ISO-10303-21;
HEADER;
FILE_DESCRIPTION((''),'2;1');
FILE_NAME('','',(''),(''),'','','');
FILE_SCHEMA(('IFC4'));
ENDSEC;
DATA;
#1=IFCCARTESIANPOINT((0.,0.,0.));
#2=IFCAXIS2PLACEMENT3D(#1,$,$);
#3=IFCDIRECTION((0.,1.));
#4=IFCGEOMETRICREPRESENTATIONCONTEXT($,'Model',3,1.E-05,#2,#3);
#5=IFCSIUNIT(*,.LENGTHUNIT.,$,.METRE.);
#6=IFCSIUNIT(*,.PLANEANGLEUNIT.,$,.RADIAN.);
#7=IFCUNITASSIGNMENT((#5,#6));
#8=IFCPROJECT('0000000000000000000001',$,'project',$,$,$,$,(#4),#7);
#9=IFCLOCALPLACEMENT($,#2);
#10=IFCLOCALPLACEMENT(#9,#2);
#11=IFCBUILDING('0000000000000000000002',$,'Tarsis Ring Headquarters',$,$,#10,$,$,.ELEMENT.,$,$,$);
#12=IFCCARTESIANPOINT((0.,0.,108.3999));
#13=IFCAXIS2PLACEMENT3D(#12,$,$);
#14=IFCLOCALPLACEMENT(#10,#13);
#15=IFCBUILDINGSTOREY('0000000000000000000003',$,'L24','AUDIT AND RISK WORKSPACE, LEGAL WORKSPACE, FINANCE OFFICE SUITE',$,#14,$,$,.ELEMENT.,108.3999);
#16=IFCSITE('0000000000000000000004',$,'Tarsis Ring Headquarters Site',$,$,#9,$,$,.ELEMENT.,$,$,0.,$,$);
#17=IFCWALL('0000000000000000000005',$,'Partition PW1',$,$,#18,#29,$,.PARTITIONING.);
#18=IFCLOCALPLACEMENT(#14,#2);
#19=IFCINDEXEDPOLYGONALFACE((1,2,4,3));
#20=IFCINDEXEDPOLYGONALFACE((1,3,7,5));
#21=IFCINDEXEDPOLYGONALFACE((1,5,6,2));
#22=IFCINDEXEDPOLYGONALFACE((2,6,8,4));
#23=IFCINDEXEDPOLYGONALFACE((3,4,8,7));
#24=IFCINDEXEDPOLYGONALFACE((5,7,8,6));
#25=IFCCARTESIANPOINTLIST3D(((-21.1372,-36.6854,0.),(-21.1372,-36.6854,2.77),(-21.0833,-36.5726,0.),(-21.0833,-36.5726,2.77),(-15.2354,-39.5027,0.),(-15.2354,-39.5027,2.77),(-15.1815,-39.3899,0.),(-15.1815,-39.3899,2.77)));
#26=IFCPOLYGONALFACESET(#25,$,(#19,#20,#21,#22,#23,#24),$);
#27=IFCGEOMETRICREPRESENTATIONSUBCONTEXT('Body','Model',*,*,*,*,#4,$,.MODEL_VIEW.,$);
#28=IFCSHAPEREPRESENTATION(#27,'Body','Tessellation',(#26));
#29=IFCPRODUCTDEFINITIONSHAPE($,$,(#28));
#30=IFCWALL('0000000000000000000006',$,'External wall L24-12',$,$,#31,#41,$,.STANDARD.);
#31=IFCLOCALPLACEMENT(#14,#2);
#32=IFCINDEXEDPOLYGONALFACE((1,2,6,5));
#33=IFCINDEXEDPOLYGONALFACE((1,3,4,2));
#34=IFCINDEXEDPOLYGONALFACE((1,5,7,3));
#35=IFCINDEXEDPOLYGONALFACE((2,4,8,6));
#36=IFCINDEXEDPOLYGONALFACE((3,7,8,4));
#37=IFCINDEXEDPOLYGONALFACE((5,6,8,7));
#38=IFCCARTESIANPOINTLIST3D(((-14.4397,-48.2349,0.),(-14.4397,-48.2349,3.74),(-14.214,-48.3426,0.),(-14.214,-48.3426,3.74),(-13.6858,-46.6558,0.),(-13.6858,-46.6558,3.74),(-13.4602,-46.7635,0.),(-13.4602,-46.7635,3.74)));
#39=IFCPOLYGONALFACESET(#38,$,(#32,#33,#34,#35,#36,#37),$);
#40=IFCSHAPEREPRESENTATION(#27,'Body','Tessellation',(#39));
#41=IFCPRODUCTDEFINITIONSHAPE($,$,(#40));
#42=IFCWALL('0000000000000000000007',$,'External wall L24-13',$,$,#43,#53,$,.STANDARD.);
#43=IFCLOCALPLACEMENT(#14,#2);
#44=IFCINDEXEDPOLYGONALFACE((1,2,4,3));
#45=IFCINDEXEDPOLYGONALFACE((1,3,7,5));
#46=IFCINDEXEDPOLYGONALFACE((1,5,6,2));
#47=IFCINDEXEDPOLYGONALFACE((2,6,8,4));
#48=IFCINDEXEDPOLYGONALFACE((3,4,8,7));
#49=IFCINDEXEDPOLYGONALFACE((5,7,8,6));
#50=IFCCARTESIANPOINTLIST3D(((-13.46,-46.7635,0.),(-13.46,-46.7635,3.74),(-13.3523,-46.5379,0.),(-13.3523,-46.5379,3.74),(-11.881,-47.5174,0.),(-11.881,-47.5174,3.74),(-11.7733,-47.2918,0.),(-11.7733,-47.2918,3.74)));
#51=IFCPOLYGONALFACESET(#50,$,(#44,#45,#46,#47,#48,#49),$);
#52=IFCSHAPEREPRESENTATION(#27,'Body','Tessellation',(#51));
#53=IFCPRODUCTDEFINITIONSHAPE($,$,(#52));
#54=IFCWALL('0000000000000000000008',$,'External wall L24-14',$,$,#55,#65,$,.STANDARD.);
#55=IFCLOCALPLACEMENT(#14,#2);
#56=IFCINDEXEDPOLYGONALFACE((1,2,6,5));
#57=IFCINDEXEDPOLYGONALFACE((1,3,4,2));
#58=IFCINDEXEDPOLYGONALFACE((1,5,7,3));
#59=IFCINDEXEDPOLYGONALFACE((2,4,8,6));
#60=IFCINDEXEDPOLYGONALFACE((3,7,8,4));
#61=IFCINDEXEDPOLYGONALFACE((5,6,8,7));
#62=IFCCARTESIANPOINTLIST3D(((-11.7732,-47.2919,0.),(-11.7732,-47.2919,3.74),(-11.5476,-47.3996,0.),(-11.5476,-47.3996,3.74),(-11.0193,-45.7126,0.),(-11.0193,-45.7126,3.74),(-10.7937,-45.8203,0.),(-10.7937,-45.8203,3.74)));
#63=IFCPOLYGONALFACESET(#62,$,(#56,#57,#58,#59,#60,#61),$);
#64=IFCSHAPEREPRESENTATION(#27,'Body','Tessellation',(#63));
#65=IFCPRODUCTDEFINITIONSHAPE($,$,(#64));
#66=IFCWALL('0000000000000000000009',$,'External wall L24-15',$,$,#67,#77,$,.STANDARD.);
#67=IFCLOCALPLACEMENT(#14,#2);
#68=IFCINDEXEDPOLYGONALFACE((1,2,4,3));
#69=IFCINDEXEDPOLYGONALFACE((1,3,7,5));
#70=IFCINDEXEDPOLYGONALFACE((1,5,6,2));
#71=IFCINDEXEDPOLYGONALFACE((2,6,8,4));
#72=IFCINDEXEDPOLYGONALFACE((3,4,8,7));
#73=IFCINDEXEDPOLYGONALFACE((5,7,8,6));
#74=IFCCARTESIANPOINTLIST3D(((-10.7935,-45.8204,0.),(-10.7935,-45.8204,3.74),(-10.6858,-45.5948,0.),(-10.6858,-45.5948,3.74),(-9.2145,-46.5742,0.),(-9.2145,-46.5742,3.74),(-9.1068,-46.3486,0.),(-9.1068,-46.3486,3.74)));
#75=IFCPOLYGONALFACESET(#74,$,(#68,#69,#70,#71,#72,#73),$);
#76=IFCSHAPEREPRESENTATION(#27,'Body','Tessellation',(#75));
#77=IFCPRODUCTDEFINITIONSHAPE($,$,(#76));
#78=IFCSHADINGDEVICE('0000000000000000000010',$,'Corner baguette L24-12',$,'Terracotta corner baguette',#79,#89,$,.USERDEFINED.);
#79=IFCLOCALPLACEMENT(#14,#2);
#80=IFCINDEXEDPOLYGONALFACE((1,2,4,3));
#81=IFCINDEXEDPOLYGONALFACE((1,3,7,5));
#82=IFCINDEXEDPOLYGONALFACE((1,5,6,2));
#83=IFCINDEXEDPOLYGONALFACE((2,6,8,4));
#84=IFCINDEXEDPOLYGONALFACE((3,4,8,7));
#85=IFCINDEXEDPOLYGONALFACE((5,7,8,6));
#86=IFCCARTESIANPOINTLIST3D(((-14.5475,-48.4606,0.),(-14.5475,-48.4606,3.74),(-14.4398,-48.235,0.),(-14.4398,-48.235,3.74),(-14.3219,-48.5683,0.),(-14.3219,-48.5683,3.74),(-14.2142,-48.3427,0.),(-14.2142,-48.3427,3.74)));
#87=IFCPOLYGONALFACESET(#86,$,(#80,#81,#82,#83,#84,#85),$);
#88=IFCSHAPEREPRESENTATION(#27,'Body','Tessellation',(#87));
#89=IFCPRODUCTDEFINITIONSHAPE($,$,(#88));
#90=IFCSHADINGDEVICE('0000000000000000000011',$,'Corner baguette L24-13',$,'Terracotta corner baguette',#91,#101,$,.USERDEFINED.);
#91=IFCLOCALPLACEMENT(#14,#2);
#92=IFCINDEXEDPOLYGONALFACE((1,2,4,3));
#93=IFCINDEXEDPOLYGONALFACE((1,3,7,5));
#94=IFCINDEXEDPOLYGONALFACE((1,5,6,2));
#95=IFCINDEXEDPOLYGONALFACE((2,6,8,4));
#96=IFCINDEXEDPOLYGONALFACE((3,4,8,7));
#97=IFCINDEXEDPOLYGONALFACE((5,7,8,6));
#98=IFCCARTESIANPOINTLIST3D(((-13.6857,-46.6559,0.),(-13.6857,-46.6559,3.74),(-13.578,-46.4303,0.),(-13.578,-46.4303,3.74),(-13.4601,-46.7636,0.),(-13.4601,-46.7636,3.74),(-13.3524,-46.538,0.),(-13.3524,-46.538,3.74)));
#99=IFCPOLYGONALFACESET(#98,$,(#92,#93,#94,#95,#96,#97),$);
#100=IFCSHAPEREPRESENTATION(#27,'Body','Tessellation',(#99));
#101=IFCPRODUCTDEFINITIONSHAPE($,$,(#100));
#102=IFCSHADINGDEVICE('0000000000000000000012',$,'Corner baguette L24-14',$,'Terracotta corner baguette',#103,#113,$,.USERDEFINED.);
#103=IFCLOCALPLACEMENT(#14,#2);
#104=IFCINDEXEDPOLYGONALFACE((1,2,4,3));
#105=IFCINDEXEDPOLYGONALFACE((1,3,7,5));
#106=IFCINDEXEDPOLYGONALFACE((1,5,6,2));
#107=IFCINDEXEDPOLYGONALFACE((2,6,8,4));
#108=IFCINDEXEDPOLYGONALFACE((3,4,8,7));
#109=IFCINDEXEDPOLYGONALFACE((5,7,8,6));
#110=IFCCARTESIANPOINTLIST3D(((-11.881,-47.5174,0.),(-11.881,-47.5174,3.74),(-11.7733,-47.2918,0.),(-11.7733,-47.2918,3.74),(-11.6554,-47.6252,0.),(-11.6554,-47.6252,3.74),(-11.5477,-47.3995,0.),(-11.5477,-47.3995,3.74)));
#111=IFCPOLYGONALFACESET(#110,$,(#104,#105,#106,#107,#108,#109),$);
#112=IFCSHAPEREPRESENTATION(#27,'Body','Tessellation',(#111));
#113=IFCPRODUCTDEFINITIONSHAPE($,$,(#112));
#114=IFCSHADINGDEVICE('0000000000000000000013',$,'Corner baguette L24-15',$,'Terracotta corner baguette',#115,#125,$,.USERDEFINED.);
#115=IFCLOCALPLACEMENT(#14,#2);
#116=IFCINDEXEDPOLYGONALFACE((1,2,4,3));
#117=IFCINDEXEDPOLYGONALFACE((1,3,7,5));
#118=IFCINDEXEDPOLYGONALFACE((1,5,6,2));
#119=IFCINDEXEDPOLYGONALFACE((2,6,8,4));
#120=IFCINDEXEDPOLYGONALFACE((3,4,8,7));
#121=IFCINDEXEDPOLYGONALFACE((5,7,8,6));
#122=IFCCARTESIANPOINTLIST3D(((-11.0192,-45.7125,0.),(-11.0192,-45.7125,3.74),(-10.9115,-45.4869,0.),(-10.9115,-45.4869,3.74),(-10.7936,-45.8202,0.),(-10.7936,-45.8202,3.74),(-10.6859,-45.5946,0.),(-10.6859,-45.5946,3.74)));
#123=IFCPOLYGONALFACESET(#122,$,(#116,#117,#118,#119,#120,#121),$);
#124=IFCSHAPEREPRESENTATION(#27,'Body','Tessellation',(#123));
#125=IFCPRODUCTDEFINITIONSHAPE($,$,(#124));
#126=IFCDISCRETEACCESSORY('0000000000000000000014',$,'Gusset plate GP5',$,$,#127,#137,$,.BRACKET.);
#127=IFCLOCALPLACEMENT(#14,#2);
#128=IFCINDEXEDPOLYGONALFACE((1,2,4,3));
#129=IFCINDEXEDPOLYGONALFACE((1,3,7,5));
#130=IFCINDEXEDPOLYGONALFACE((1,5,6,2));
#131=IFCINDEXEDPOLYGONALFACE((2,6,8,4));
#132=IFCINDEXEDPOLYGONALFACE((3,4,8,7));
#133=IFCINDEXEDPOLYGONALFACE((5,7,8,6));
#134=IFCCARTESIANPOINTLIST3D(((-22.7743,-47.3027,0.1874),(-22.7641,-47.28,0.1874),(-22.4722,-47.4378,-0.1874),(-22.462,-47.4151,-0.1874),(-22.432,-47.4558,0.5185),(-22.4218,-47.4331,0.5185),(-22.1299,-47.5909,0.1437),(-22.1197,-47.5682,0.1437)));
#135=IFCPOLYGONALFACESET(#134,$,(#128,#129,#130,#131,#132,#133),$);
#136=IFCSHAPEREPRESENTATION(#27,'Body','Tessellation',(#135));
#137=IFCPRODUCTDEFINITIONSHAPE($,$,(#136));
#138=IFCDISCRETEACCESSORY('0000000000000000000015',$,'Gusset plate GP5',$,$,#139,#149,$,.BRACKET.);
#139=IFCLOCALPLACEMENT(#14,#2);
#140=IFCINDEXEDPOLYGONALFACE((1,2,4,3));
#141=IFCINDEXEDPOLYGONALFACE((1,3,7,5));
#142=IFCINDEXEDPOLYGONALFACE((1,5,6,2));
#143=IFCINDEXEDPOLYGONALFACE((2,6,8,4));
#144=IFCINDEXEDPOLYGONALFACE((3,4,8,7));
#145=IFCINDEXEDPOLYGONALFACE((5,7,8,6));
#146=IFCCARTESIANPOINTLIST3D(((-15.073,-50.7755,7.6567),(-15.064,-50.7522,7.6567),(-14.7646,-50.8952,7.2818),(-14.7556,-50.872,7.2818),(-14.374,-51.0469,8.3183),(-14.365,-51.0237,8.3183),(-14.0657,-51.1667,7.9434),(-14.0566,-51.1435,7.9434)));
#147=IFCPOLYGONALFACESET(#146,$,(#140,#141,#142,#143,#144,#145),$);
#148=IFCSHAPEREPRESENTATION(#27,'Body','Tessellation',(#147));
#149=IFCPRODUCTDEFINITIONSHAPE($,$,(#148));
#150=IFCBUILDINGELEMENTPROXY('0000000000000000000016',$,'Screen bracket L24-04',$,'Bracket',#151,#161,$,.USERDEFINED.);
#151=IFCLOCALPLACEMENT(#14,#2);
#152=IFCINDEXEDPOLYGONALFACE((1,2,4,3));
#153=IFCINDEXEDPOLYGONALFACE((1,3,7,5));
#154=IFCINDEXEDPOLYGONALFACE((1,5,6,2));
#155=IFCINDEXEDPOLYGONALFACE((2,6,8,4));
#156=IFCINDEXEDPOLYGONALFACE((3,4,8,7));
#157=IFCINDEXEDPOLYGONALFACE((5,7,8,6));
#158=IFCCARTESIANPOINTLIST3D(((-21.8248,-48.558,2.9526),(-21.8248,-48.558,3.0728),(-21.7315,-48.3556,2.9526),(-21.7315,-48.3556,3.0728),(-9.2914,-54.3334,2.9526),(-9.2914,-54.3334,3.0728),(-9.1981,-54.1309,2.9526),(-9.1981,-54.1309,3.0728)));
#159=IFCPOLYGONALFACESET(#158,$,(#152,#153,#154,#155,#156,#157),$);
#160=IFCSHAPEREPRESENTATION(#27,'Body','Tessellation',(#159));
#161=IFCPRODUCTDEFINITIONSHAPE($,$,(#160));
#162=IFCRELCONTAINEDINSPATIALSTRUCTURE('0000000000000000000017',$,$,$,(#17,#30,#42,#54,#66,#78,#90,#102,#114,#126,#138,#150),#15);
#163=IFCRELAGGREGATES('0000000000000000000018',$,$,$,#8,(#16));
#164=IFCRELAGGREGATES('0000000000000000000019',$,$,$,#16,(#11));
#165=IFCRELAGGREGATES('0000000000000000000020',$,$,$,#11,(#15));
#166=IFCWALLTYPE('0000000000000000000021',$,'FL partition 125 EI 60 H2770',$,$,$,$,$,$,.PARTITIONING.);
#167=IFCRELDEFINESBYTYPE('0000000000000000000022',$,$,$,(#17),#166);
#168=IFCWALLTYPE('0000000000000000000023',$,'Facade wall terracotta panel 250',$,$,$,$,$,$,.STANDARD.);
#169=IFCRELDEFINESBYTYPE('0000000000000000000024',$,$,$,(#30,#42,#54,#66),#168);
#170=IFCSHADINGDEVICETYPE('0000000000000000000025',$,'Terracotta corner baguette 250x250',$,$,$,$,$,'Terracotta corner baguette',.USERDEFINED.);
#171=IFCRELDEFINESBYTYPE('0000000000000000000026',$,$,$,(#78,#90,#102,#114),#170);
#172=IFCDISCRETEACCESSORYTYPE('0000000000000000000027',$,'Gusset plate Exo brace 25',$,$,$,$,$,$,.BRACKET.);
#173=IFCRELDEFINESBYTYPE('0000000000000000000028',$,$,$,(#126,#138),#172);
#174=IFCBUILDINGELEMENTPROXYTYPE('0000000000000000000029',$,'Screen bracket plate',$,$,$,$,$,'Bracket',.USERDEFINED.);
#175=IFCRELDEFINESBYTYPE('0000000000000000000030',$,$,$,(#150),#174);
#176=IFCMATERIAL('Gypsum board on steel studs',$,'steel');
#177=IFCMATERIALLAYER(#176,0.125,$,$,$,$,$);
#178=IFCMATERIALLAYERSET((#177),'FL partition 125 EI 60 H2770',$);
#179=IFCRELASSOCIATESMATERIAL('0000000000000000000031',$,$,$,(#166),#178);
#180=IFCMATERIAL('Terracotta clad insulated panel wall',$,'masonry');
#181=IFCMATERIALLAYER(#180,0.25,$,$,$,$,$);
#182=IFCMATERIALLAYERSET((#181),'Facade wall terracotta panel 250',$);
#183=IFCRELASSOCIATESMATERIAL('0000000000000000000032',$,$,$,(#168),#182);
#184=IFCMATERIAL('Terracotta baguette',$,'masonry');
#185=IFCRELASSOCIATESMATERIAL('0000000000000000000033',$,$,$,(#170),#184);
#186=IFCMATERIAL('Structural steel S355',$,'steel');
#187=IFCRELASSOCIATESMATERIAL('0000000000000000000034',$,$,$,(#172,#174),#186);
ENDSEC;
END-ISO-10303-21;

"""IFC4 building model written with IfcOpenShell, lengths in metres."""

from ifc_helpers import new_model, si_unit, direction, frame, frame_2d, origin, origin_2d, place, context, subcontext, project, spatial, rectangle, extrude, material, layer, layer_set, material_profile, profile_set, type_object, element, save


model = new_model("IFC4")

# Units and contexts
model_context = context("Model", 3, precision=1e-05, world=origin(), true_north=direction((0.0, 1.0)))
body_context = subcontext(model_context, "Body", "Model", "MODEL_VIEW")
ifc_project = project(units=[si_unit("LENGTHUNIT", "METRE"), si_unit("PLANEANGLEUNIT", "RADIAN")], contexts=[model_context])

# Site, building, storey
site_placement = place(None, origin())
site = spatial("IfcSite", under=ifc_project, at=site_placement, Name="Tarsis Ring Headquarters Site", CompositionType="ELEMENT", RefElevation=0.0)
building_placement = place(site_placement, origin())
building = spatial("IfcBuilding", under=site, at=building_placement, Name="Tarsis Ring Headquarters", CompositionType="ELEMENT")
storey_placement = place(building_placement, frame((0.0, 0.0, 108.3999)))
storey = spatial("IfcBuildingStorey", under=building, at=storey_placement, Name="L24", Description="AUDIT AND RISK WORKSPACE, LEGAL WORKSPACE, FINANCE OFFICE SUITE", CompositionType="ELEMENT", Elevation=108.3999)

# Shared definitions
ifc_material_1 = material(Name="Structural steel S355", Category="steel")

# Shared definitions
ifc_material_2 = material(Name="Gypsum board on steel studs", Category="steel")

# Shared definitions
ifc_layer_1 = layer(ifc_material_2, 0.125)
ifc_layer_set_1 = layer_set([ifc_layer_1], Name="FL partition 125 EI 60 H2770")
wall_type_1 = type_object("IfcWallType", Name="FL partition 125 EI 60 H2770", PredefinedType="PARTITIONING", material=ifc_layer_set_1)

# Walls
wall_1_placement = place(storey_placement, frame((-21.1104, -36.6289, 0.0), z_axis=(0.0, 0.0, 1.0), x_axis=(0.902446, -0.430803, 0.0)))
element("IfcWall", 1, at=wall_1_placement, inside=storey, type_object=wall_type_1, Name="Partition PW1", PredefinedType="PARTITIONING", context=body_context, shape_type="SweptSolid", body=[
    extrude(rectangle(XDim=6.5398, YDim=0.125, at=frame_2d((3.27, 0.0))), origin(), (0.0, 0.0, 1.0), 2.77),
])
ifc_material_3 = material(Name="Terracotta clad insulated panel wall", Category="masonry")
ifc_layer_2 = layer(ifc_material_3, 0.25)
ifc_layer_set_2 = layer_set([ifc_layer_2], Name="Facade wall terracotta panel 250")
wall_type_2 = type_object("IfcWallType", Name="Facade wall terracotta panel 250", PredefinedType="STANDARD", material=ifc_layer_set_2)
for number, where, z_axis, x_axis, name in (
    (2, (-14.3269, -48.2888, 0.0), (0.0, 0.0, 1.0), (0.430843, 0.902427, 0.0), "External wall L24-12"),
    (3, (-13.4062, -46.6506, 0.0), (0.0, 0.0, 1.0), (0.902427, -0.430843, 0.0), "External wall L24-13"),
):
    element("IfcWall", number, at=place(storey_placement, frame(where, z_axis=z_axis, x_axis=x_axis)), inside=storey, type_object=wall_type_2, Name=name, PredefinedType="STANDARD", context=body_context, shape_type="SweptSolid", body=[
        extrude(rectangle(XDim=1.7498, YDim=0.25, at=frame_2d((0.875, 0.0))), origin(), (0.0, 0.0, 1.0), 3.74),
    ])
wall_2_placement = place(storey_placement, frame((-11.6604, -47.3457, 0.0), z_axis=(0.0, 0.0, 1.0), x_axis=(0.430789, 0.902453, 0.0)))
element("IfcWall", 4, at=wall_2_placement, inside=storey, type_object=wall_type_2, Name="External wall L24-14", PredefinedType="STANDARD", context=body_context, shape_type="SweptSolid", body=[
    extrude(rectangle(XDim=1.75, YDim=0.25, at=frame_2d((0.875, 0.0))), origin(), (0.0, 0.0, 1.0), 3.74),
])
wall_3_placement = place(storey_placement, frame((-10.7397, -45.7075, 0.0), z_axis=(0.0, 0.0, 1.0), x_axis=(0.902427, -0.430843, 0.0)))
element("IfcWall", 5, at=wall_3_placement, inside=storey, type_object=wall_type_2, Name="External wall L24-15", PredefinedType="STANDARD", context=body_context, shape_type="SweptSolid", body=[
    extrude(rectangle(XDim=1.7498, YDim=0.25, at=frame_2d((0.875, 0.0))), origin(), (0.0, 0.0, 1.0), 3.74),
])

# Shading devices
ifc_material_4 = material(Name="Terracotta baguette", Category="masonry")
shading_device_type_1 = type_object("IfcShadingDeviceType", Name="Terracotta corner baguette 250x250", ElementType="Terracotta corner baguette", PredefinedType="USERDEFINED", material=ifc_material_4)
for number, where, z_axis, x_axis, name in (
    (6, (-14.3809, -48.4016, 0.0), (0.0, 0.0, 1.0), (0.902435, -0.430826, 0.0), "Corner baguette L24-12"),
    (7, (-13.519, -46.5969, 0.0), (0.0, 0.0, 1.0), (0.430826, 0.902435, 0.0), "Corner baguette L24-13"),
    (8, (-11.7144, -47.4585, 0.0), (0.0, 0.0, 1.0), (0.902435, -0.430826, 0.0), "Corner baguette L24-14"),
    (9, (-10.8525, -45.6536, 0.0), (0.0, 0.0, 1.0), (0.430826, 0.902435, 0.0), "Corner baguette L24-15"),
):
    element("IfcShadingDevice", number, at=place(storey_placement, frame(where, z_axis=z_axis, x_axis=x_axis)), inside=storey, type_object=shading_device_type_1, Name=name, ObjectType="Terracotta corner baguette", PredefinedType="USERDEFINED", context=body_context, shape_type="SweptSolid", body=[
        extrude(rectangle(XDim=0.25, YDim=0.25, at=origin_2d()), origin(), (0.0, 0.0, 1.0), 3.74),
    ])

# Discrete accessories
ifc_material_profile_1 = material_profile(ifc_material_1, rectangle(XDim=0.0249, YDim=0.5, at=origin_2d()), Name="PL 25x500")
ifc_profile_set_1 = profile_set([ifc_material_profile_1], Name="Structural steel S355")
discrete_accessory_type = type_object("IfcDiscreteAccessoryType", Name="Gusset plate Exo brace 25", PredefinedType="BRACKET", material=ifc_profile_set_1)
discrete_accessory_1_placement = place(storey_placement, frame((-22.6182, -47.3589, 0.0), z_axis=(0.684312, -0.306037, 0.66186), x_axis=(0.408252, 0.912869, 0.0)))
element("IfcDiscreteAccessory", 10, at=discrete_accessory_1_placement, inside=storey, type_object=discrete_accessory_type, Name="Gusset plate GP5", PredefinedType="BRACKET", context=body_context, shape_type="SweptSolid", body=[
    extrude(rectangle(XDim=0.0249, YDim=0.5, at=origin_2d()), origin(), (0.0, 0.0, 1.0), 0.5002),
])
discrete_accessory_2_placement = place(storey_placement, frame((-14.9143, -50.8237, 7.4692), z_axis=(0.698971, -0.271483, 0.661617), x_axis=(0.362053, 0.932157, 0.0)))
element("IfcDiscreteAccessory", 11, at=discrete_accessory_2_placement, inside=storey, type_object=discrete_accessory_type, Name="Gusset plate GP5", PredefinedType="BRACKET", context=body_context, shape_type="SweptSolid", body=[
    extrude(rectangle(XDim=0.0249, YDim=0.5, at=origin_2d()), origin(), (0.0, 0.0, 1.0), 1.0),
])

# Building element proxy
building_element_proxy_type = type_object("IfcBuildingElementProxyType", Name="Screen bracket plate", ElementType="Bracket", PredefinedType="USERDEFINED", material=ifc_material_1)
proxy_placement = place(storey_placement, frame((-15.5115, -51.3445, 2.9526), z_axis=(0.0, 0.0, 1.0), x_axis=(0.908216, -0.418501, 0.0)))
element("IfcBuildingElementProxy", 12, at=proxy_placement, inside=storey, type_object=building_element_proxy_type, Name="Screen bracket L24-04", ObjectType="Bracket", PredefinedType="USERDEFINED", context=body_context, shape_type="SweptSolid", body=[
    extrude(rectangle(XDim=13.8, YDim=0.2229, at=origin_2d()), origin(), (0.0, 0.0, 1.0), 0.1201),
])

save(model, "model.ifc")
